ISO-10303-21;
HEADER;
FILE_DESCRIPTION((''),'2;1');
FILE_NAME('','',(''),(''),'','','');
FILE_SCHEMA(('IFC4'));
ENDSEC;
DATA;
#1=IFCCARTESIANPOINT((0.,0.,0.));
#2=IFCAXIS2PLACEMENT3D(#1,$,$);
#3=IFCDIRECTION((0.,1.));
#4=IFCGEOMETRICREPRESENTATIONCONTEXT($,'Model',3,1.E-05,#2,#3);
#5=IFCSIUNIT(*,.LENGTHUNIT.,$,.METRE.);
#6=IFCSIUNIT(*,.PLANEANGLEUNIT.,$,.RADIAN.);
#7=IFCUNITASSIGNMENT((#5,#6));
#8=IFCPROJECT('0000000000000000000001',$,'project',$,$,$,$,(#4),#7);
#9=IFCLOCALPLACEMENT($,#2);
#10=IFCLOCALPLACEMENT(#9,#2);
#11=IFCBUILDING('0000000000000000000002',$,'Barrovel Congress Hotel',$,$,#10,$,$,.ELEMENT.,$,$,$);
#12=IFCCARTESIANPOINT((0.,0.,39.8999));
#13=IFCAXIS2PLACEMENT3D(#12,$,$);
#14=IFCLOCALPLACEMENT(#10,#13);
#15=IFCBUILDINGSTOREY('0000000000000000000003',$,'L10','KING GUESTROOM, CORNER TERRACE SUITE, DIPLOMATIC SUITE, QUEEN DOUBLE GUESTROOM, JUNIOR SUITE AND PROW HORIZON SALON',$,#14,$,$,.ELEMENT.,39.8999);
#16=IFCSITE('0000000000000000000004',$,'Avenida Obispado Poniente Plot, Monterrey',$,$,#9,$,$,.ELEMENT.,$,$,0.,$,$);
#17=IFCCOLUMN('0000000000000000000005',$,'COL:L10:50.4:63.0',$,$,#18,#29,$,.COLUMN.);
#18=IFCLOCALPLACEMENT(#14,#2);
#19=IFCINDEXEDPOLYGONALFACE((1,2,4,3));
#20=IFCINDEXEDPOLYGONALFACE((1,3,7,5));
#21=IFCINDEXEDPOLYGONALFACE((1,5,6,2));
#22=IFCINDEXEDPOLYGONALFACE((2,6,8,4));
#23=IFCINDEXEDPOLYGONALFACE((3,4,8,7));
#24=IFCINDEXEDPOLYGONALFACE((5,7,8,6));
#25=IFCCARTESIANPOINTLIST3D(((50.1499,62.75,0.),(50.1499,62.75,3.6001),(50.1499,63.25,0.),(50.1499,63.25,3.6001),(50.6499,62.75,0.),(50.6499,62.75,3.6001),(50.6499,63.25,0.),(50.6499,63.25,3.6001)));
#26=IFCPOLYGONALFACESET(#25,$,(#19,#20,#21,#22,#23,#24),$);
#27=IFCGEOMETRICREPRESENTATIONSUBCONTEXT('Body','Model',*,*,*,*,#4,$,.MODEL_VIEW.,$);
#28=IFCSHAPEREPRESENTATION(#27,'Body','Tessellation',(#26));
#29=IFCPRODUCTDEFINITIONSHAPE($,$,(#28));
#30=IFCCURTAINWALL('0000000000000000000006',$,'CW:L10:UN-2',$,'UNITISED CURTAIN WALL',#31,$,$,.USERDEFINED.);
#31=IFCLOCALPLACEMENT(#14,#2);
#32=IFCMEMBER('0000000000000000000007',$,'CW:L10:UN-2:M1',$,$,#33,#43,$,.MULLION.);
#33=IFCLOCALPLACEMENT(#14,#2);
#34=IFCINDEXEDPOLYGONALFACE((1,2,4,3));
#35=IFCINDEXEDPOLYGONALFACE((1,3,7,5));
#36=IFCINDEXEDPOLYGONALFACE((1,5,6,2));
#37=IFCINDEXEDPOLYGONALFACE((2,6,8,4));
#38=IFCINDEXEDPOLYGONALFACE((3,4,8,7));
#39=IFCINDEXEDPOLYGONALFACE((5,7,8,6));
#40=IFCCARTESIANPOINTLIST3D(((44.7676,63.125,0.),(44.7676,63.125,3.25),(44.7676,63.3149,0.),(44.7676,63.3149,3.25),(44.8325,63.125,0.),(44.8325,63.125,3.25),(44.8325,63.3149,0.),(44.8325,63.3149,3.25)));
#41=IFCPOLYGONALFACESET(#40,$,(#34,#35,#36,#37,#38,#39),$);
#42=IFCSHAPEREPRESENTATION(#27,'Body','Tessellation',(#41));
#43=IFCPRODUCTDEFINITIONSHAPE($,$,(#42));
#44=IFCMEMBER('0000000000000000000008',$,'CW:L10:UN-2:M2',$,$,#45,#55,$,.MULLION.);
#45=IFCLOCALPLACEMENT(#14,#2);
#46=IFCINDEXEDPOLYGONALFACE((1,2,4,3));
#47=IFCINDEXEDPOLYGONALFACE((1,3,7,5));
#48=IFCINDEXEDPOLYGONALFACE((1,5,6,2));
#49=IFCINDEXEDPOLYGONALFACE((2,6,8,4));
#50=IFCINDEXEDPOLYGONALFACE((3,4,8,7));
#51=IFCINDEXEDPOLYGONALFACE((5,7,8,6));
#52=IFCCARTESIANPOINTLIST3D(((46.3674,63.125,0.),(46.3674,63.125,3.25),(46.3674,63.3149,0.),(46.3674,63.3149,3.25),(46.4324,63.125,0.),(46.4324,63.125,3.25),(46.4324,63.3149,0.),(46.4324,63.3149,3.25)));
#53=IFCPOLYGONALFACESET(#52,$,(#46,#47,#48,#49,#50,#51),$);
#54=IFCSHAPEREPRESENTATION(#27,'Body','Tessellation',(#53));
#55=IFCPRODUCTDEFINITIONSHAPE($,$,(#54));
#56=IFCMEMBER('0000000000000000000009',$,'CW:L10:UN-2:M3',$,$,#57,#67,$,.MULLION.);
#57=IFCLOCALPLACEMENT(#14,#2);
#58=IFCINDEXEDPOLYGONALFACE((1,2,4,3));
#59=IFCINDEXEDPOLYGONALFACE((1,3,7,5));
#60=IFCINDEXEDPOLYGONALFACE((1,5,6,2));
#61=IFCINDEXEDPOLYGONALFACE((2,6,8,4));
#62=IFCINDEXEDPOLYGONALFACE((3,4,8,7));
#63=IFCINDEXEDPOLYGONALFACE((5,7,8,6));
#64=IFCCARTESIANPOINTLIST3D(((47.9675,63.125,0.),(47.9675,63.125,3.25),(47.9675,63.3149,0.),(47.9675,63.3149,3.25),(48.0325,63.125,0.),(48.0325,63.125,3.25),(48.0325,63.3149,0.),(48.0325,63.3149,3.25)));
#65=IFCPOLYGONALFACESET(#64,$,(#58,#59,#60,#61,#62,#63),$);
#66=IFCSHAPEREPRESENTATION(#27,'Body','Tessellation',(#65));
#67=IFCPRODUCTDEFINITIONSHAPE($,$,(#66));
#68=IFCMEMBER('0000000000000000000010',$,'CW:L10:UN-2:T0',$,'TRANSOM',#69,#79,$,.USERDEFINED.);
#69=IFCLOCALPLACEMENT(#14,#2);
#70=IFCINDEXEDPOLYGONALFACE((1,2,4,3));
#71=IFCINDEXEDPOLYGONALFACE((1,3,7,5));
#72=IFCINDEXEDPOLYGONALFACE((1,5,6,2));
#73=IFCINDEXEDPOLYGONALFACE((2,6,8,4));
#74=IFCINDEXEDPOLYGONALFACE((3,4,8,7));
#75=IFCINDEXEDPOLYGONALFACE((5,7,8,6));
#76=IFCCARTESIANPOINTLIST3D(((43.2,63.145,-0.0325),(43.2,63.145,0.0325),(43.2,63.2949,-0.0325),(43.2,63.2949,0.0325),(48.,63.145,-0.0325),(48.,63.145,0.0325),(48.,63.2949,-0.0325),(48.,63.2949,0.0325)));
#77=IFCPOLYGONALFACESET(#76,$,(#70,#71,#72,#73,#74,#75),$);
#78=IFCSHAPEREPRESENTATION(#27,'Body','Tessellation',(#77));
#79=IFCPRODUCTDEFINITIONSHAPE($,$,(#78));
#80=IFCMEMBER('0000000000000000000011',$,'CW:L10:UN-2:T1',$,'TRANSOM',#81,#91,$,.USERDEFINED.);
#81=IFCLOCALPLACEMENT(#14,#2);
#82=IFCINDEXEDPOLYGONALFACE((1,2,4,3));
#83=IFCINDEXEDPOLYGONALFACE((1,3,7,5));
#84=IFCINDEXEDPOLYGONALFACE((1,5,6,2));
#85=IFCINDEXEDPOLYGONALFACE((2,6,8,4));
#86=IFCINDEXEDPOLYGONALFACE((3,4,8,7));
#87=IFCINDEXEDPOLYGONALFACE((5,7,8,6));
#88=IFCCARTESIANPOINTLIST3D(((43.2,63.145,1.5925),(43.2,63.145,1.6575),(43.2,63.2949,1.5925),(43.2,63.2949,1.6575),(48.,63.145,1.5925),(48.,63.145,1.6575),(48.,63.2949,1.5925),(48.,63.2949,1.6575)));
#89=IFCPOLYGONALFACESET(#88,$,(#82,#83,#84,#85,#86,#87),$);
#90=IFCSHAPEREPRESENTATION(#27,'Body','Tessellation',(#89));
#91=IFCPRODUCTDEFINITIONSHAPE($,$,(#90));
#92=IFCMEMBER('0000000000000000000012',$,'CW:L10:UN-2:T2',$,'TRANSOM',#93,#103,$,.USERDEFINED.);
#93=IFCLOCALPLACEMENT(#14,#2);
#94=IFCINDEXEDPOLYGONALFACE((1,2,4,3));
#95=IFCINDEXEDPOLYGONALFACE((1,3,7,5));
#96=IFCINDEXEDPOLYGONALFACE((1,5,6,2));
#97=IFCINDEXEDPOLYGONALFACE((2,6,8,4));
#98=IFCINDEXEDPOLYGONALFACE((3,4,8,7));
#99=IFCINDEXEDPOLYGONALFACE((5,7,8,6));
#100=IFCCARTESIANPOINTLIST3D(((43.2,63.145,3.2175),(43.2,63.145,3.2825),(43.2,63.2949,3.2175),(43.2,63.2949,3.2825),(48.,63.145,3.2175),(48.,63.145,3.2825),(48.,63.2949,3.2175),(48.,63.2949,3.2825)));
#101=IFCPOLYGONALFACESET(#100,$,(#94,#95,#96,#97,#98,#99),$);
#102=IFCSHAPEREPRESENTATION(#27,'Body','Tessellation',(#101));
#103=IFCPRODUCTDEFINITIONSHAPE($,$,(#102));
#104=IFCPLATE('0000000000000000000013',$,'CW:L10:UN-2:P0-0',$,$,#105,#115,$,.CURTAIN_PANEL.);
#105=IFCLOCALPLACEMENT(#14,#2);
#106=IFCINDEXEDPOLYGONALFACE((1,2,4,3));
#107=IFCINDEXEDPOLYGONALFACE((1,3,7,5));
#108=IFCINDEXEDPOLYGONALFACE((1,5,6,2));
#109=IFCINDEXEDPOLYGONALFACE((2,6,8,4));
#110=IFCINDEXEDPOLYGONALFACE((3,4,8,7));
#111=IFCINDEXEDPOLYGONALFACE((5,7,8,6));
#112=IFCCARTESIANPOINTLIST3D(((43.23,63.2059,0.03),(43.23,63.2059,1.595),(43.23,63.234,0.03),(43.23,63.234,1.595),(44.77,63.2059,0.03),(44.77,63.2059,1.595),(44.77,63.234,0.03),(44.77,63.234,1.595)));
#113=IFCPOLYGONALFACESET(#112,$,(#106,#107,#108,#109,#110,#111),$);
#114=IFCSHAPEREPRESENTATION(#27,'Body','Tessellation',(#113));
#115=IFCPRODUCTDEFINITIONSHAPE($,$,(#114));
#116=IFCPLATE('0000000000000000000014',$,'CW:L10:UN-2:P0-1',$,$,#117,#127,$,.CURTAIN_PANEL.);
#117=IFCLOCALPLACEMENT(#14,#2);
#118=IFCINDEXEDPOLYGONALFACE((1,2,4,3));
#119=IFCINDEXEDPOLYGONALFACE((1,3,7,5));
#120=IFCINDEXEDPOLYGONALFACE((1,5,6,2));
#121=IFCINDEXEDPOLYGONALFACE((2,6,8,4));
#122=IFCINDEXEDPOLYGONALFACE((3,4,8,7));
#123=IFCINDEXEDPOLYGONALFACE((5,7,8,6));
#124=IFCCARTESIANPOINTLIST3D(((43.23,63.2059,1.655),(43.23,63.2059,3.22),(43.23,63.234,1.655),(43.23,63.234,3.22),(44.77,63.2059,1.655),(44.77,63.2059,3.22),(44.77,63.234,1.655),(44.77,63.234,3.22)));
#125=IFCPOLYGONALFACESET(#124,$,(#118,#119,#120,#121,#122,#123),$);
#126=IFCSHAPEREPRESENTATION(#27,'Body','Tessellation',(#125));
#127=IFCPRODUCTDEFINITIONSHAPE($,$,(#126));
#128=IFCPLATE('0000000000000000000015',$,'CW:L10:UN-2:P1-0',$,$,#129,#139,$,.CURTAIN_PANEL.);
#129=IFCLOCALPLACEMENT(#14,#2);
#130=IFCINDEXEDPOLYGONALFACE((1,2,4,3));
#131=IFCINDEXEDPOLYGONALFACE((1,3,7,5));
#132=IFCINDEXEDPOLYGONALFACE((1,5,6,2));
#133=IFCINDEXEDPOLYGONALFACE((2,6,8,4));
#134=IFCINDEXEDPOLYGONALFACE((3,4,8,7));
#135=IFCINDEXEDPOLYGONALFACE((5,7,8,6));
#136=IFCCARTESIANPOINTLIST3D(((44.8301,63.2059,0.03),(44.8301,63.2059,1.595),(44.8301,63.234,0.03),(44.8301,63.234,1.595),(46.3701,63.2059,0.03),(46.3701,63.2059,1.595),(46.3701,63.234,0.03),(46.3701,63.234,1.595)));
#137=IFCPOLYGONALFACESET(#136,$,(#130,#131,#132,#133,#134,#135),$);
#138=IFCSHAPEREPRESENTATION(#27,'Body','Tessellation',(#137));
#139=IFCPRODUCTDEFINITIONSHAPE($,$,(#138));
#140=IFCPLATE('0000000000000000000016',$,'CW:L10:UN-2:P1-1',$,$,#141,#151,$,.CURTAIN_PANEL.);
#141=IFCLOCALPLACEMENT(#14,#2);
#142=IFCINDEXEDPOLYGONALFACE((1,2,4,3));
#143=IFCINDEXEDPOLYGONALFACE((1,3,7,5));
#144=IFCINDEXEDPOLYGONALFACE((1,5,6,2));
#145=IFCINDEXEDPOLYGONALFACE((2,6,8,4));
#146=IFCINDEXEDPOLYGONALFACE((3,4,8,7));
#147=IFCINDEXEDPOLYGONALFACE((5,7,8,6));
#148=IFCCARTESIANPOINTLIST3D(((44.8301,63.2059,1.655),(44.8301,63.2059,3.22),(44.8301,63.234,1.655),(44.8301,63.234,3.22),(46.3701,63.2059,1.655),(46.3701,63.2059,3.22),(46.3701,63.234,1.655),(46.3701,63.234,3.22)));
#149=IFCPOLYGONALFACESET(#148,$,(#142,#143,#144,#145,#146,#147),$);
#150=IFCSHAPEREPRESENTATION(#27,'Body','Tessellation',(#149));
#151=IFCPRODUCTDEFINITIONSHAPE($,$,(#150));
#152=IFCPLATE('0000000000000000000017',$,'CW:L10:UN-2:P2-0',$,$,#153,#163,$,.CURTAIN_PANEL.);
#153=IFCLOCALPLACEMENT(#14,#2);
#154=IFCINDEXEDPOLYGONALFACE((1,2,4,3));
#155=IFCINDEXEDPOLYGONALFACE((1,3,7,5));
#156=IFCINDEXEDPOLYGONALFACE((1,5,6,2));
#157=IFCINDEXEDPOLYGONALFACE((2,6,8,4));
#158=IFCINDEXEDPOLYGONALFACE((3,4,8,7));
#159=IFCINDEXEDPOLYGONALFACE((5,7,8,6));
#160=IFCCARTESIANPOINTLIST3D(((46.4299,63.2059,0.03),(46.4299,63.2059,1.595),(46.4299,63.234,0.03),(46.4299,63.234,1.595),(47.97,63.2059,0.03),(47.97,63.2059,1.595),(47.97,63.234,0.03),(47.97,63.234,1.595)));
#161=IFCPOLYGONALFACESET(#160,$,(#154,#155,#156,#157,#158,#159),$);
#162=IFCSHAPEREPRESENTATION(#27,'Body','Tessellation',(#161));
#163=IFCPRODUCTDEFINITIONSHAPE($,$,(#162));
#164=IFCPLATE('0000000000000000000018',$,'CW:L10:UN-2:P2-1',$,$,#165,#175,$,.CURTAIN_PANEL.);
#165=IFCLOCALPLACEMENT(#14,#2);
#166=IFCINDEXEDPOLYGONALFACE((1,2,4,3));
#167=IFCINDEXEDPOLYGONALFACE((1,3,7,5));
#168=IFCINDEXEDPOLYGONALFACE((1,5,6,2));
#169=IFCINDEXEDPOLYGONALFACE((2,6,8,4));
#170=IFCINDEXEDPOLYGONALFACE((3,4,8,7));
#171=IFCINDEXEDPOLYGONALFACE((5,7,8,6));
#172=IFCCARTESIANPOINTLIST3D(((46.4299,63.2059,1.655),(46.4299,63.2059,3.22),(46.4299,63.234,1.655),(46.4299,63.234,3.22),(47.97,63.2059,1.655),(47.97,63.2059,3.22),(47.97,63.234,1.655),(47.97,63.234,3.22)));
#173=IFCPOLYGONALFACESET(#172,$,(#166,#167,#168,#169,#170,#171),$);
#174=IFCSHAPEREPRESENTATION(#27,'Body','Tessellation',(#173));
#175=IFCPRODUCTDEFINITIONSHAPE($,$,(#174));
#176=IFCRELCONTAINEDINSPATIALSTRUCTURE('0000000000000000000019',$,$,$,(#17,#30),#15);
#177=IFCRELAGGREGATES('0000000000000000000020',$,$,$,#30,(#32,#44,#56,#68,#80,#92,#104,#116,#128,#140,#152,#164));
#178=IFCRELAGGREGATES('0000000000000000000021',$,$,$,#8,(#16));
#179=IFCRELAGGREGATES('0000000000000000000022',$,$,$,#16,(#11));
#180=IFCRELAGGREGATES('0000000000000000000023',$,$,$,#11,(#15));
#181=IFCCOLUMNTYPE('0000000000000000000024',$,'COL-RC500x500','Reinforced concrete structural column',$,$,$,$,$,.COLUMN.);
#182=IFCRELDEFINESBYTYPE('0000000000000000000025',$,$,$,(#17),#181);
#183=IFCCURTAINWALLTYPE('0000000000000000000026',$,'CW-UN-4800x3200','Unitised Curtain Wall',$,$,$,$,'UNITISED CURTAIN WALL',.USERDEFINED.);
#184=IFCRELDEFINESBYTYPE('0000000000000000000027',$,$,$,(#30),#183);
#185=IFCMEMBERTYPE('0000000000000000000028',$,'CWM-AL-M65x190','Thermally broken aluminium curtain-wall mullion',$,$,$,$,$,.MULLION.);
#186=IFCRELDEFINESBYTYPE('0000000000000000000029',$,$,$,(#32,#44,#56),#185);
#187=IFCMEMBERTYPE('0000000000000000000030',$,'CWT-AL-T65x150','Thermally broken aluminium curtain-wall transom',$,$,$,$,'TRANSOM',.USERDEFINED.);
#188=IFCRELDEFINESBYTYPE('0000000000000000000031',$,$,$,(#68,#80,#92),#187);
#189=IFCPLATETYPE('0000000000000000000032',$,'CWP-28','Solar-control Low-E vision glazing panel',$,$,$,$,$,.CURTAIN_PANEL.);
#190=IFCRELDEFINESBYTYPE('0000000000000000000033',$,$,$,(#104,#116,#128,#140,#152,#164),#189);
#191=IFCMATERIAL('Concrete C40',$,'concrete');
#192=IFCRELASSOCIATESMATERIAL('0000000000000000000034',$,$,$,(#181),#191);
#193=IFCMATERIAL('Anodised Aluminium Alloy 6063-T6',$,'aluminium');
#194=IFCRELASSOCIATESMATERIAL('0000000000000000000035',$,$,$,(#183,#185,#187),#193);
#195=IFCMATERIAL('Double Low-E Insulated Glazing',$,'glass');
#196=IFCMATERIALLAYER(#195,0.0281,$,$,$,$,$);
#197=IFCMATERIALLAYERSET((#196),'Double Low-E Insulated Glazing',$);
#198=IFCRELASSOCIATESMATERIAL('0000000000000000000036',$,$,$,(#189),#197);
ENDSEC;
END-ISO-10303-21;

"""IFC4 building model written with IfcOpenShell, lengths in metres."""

from ifc_helpers import new_model, si_unit, direction, frame, origin, origin_2d, place, context, subcontext, project, spatial, rectangle, extrude, material, layer, layer_set, material_profile, profile_set, type_object, element, aggregate, save


model = new_model("IFC4")

# Units and contexts
model_context = context("Model", 3, precision=1e-05, world=origin(), true_north=direction((0.0, 1.0)))
body_context = subcontext(model_context, "Body", "Model", "MODEL_VIEW")
ifc_project = project(units=[si_unit("LENGTHUNIT", "METRE"), si_unit("PLANEANGLEUNIT", "RADIAN")], contexts=[model_context])

# Site, building, storey
site_placement = place(None, origin())
site = spatial("IfcSite", under=ifc_project, at=site_placement, Name="Avenida Obispado Poniente Plot, Monterrey", CompositionType="ELEMENT", RefElevation=0.0)
building_placement = place(site_placement, origin())
building = spatial("IfcBuilding", under=site, at=building_placement, Name="Barrovel Congress Hotel", CompositionType="ELEMENT")
storey_placement = place(building_placement, frame((0.0, 0.0, 39.8999)))
storey = spatial("IfcBuildingStorey", under=building, at=storey_placement, Name="L10", Description="KING GUESTROOM, CORNER TERRACE SUITE, DIPLOMATIC SUITE, QUEEN DOUBLE GUESTROOM, JUNIOR SUITE AND PROW HORIZON SALON", CompositionType="ELEMENT", Elevation=39.8999)

# Column
ifc_material_1 = material(Name="Concrete C40", Category="concrete")
ifc_material_profile_1 = material_profile(ifc_material_1, rectangle(XDim=0.5, YDim=0.5, at=origin_2d()), Name="RC500x500")
ifc_profile_set_1 = profile_set([ifc_material_profile_1], Name="Concrete C40")
column_type = type_object("IfcColumnType", Name="COL-RC500x500", Description="Reinforced concrete structural column", PredefinedType="COLUMN", material=ifc_profile_set_1)
column_placement = place(storey_placement, frame((50.3999, 63.0, 0.0), z_axis=(0.0, 0.0, 1.0), x_axis=(1.0, 0.0, 0.0)))
element("IfcColumn", 1, at=column_placement, inside=storey, type_object=column_type, Name="COL:L10:50.4:63.0", PredefinedType="COLUMN", context=body_context, shape_type="SweptSolid", body=[
    extrude(rectangle(XDim=0.5, YDim=0.5, at=origin_2d()), origin(), (0.0, 0.0, 1.0), 3.6001),
])

# Curtain wall, members, plates
ifc_material_2 = material(Name="Anodised Aluminium Alloy 6063-T6", Category="aluminium")
curtain_wall_type = type_object("IfcCurtainWallType", Name="CW-UN-4800x3200", Description="Unitised Curtain Wall", ElementType="UNITISED CURTAIN WALL", PredefinedType="USERDEFINED", material=ifc_material_2)
curtain_wall_placement = place(storey_placement, origin())
curtain_wall = element("IfcCurtainWall", 2, at=curtain_wall_placement, inside=storey, type_object=curtain_wall_type, Name="CW:L10:UN-2", ObjectType="UNITISED CURTAIN WALL", PredefinedType="USERDEFINED")
ifc_material_profile_2 = material_profile(ifc_material_2, rectangle(XDim=0.0649, YDim=0.1899, at=origin_2d()), Name="AL-M65x190")
ifc_profile_set_2 = profile_set([ifc_material_profile_2], Name="Anodised Aluminium Alloy 6063-T6")
member_type_1 = type_object("IfcMemberType", Name="CWM-AL-M65x190", Description="Thermally broken aluminium curtain-wall mullion", PredefinedType="MULLION", material=ifc_profile_set_2)
member_1_placement = place(storey_placement, frame((44.8, 63.22, 0.0), z_axis=(0.0, 0.0, 1.0), x_axis=(1.0, 0.0, 0.0)))
member_1 = element("IfcMember", 3, at=member_1_placement, type_object=member_type_1, Name="CW:L10:UN-2:M1", PredefinedType="MULLION", context=body_context, shape_type="SweptSolid", body=[
    extrude(rectangle(XDim=0.0649, YDim=0.1899, at=origin_2d()), origin(), (0.0, 0.0, 1.0), 3.25),
])
member_2_placement = place(storey_placement, frame((46.3999, 63.22, 0.0), z_axis=(0.0, 0.0, 1.0), x_axis=(1.0, 0.0, 0.0)))
member_2 = element("IfcMember", 4, at=member_2_placement, type_object=member_type_1, Name="CW:L10:UN-2:M2", PredefinedType="MULLION", context=body_context, shape_type="SweptSolid", body=[
    extrude(rectangle(XDim=0.0649, YDim=0.1899, at=origin_2d()), origin(), (0.0, 0.0, 1.0), 3.25),
])
member_3_placement = place(storey_placement, frame((48.0, 63.22, 0.0), z_axis=(0.0, 0.0, 1.0), x_axis=(1.0, 0.0, 0.0)))
member_3 = element("IfcMember", 5, at=member_3_placement, type_object=member_type_1, Name="CW:L10:UN-2:M3", PredefinedType="MULLION", context=body_context, shape_type="SweptSolid", body=[
    extrude(rectangle(XDim=0.0649, YDim=0.1899, at=origin_2d()), origin(), (0.0, 0.0, 1.0), 3.25),
])
ifc_material_profile_3 = material_profile(ifc_material_2, rectangle(XDim=0.1499, YDim=0.0649, at=origin_2d()), Name="AL-T65x150")
ifc_profile_set_3 = profile_set([ifc_material_profile_3], Name="Anodised Aluminium Alloy 6063-T6")
member_type_2 = type_object("IfcMemberType", Name="CWT-AL-T65x150", Description="Thermally broken aluminium curtain-wall transom", ElementType="TRANSOM", PredefinedType="USERDEFINED", material=ifc_profile_set_3)
member_4_placement = place(storey_placement, frame((43.2, 63.22, 0.0), z_axis=(1.0, 0.0, 0.0), x_axis=(0.0, 1.0, 0.0)))
member_4 = element("IfcMember", 6, at=member_4_placement, type_object=member_type_2, Name="CW:L10:UN-2:T0", ObjectType="TRANSOM", PredefinedType="USERDEFINED", context=body_context, shape_type="SweptSolid", body=[
    extrude(rectangle(XDim=0.1499, YDim=0.0649, at=origin_2d()), origin(), (0.0, 0.0, 1.0), 4.8),
])
member_5_placement = place(storey_placement, frame((43.2, 63.22, 1.625), z_axis=(1.0, 0.0, 0.0), x_axis=(0.0, 1.0, 0.0)))
member_5 = element("IfcMember", 7, at=member_5_placement, type_object=member_type_2, Name="CW:L10:UN-2:T1", ObjectType="TRANSOM", PredefinedType="USERDEFINED", context=body_context, shape_type="SweptSolid", body=[
    extrude(rectangle(XDim=0.1499, YDim=0.0649, at=origin_2d()), origin(), (0.0, 0.0, 1.0), 4.8),
])
member_6_placement = place(storey_placement, frame((43.2, 63.22, 3.25), z_axis=(1.0, 0.0, 0.0), x_axis=(0.0, 1.0, 0.0)))
member_6 = element("IfcMember", 8, at=member_6_placement, type_object=member_type_2, Name="CW:L10:UN-2:T2", ObjectType="TRANSOM", PredefinedType="USERDEFINED", context=body_context, shape_type="SweptSolid", body=[
    extrude(rectangle(XDim=0.1499, YDim=0.0649, at=origin_2d()), origin(), (0.0, 0.0, 1.0), 4.8),
])
ifc_material_3 = material(Name="Double Low-E Insulated Glazing", Category="glass")
ifc_layer_1 = layer(ifc_material_3, 0.0281)
ifc_layer_set_1 = layer_set([ifc_layer_1], Name="Double Low-E Insulated Glazing")
plate_type = type_object("IfcPlateType", Name="CWP-28", Description="Solar-control Low-E vision glazing panel", PredefinedType="CURTAIN_PANEL", material=ifc_layer_set_1)
plate_1_placement = place(storey_placement, frame((44.0, 63.22, 0.03), z_axis=(0.0, 0.0, 1.0), x_axis=(1.0, 0.0, 0.0)))
plate_1 = element("IfcPlate", 9, at=plate_1_placement, type_object=plate_type, Name="CW:L10:UN-2:P0-0", PredefinedType="CURTAIN_PANEL", context=body_context, shape_type="SweptSolid", body=[
    extrude(rectangle(XDim=1.54, YDim=0.0281, at=origin_2d()), origin(), (0.0, 0.0, 1.0), 1.5649),
])
plate_2_placement = place(storey_placement, frame((44.0, 63.22, 1.655), z_axis=(0.0, 0.0, 1.0), x_axis=(1.0, 0.0, 0.0)))
plate_2 = element("IfcPlate", 10, at=plate_2_placement, type_object=plate_type, Name="CW:L10:UN-2:P0-1", PredefinedType="CURTAIN_PANEL", context=body_context, shape_type="SweptSolid", body=[
    extrude(rectangle(XDim=1.54, YDim=0.0281, at=origin_2d()), origin(), (0.0, 0.0, 1.0), 1.5649),
])
plate_3_placement = place(storey_placement, frame((45.6001, 63.22, 0.03), z_axis=(0.0, 0.0, 1.0), x_axis=(1.0, 0.0, 0.0)))
plate_3 = element("IfcPlate", 11, at=plate_3_placement, type_object=plate_type, Name="CW:L10:UN-2:P1-0", PredefinedType="CURTAIN_PANEL", context=body_context, shape_type="SweptSolid", body=[
    extrude(rectangle(XDim=1.54, YDim=0.0281, at=origin_2d()), origin(), (0.0, 0.0, 1.0), 1.5649),
])
plate_4_placement = place(storey_placement, frame((45.6001, 63.22, 1.655), z_axis=(0.0, 0.0, 1.0), x_axis=(1.0, 0.0, 0.0)))
plate_4 = element("IfcPlate", 12, at=plate_4_placement, type_object=plate_type, Name="CW:L10:UN-2:P1-1", PredefinedType="CURTAIN_PANEL", context=body_context, shape_type="SweptSolid", body=[
    extrude(rectangle(XDim=1.54, YDim=0.0281, at=origin_2d()), origin(), (0.0, 0.0, 1.0), 1.5649),
])
plate_5_placement = place(storey_placement, frame((47.2, 63.22, 0.03), z_axis=(0.0, 0.0, 1.0), x_axis=(1.0, 0.0, 0.0)))
plate_5 = element("IfcPlate", 13, at=plate_5_placement, type_object=plate_type, Name="CW:L10:UN-2:P2-0", PredefinedType="CURTAIN_PANEL", context=body_context, shape_type="SweptSolid", body=[
    extrude(rectangle(XDim=1.54, YDim=0.0281, at=origin_2d()), origin(), (0.0, 0.0, 1.0), 1.5649),
])
plate_6_placement = place(storey_placement, frame((47.2, 63.22, 1.655), z_axis=(0.0, 0.0, 1.0), x_axis=(1.0, 0.0, 0.0)))
plate_6 = element("IfcPlate", 14, at=plate_6_placement, type_object=plate_type, Name="CW:L10:UN-2:P2-1", PredefinedType="CURTAIN_PANEL", context=body_context, shape_type="SweptSolid", body=[
    extrude(rectangle(XDim=1.54, YDim=0.0281, at=origin_2d()), origin(), (0.0, 0.0, 1.0), 1.5649),
])
aggregate(curtain_wall, [member_1, member_2, member_3, member_4, member_5, member_6, plate_1, plate_2, plate_3, plate_4, plate_5, plate_6])

save(model, "model.ifc")
